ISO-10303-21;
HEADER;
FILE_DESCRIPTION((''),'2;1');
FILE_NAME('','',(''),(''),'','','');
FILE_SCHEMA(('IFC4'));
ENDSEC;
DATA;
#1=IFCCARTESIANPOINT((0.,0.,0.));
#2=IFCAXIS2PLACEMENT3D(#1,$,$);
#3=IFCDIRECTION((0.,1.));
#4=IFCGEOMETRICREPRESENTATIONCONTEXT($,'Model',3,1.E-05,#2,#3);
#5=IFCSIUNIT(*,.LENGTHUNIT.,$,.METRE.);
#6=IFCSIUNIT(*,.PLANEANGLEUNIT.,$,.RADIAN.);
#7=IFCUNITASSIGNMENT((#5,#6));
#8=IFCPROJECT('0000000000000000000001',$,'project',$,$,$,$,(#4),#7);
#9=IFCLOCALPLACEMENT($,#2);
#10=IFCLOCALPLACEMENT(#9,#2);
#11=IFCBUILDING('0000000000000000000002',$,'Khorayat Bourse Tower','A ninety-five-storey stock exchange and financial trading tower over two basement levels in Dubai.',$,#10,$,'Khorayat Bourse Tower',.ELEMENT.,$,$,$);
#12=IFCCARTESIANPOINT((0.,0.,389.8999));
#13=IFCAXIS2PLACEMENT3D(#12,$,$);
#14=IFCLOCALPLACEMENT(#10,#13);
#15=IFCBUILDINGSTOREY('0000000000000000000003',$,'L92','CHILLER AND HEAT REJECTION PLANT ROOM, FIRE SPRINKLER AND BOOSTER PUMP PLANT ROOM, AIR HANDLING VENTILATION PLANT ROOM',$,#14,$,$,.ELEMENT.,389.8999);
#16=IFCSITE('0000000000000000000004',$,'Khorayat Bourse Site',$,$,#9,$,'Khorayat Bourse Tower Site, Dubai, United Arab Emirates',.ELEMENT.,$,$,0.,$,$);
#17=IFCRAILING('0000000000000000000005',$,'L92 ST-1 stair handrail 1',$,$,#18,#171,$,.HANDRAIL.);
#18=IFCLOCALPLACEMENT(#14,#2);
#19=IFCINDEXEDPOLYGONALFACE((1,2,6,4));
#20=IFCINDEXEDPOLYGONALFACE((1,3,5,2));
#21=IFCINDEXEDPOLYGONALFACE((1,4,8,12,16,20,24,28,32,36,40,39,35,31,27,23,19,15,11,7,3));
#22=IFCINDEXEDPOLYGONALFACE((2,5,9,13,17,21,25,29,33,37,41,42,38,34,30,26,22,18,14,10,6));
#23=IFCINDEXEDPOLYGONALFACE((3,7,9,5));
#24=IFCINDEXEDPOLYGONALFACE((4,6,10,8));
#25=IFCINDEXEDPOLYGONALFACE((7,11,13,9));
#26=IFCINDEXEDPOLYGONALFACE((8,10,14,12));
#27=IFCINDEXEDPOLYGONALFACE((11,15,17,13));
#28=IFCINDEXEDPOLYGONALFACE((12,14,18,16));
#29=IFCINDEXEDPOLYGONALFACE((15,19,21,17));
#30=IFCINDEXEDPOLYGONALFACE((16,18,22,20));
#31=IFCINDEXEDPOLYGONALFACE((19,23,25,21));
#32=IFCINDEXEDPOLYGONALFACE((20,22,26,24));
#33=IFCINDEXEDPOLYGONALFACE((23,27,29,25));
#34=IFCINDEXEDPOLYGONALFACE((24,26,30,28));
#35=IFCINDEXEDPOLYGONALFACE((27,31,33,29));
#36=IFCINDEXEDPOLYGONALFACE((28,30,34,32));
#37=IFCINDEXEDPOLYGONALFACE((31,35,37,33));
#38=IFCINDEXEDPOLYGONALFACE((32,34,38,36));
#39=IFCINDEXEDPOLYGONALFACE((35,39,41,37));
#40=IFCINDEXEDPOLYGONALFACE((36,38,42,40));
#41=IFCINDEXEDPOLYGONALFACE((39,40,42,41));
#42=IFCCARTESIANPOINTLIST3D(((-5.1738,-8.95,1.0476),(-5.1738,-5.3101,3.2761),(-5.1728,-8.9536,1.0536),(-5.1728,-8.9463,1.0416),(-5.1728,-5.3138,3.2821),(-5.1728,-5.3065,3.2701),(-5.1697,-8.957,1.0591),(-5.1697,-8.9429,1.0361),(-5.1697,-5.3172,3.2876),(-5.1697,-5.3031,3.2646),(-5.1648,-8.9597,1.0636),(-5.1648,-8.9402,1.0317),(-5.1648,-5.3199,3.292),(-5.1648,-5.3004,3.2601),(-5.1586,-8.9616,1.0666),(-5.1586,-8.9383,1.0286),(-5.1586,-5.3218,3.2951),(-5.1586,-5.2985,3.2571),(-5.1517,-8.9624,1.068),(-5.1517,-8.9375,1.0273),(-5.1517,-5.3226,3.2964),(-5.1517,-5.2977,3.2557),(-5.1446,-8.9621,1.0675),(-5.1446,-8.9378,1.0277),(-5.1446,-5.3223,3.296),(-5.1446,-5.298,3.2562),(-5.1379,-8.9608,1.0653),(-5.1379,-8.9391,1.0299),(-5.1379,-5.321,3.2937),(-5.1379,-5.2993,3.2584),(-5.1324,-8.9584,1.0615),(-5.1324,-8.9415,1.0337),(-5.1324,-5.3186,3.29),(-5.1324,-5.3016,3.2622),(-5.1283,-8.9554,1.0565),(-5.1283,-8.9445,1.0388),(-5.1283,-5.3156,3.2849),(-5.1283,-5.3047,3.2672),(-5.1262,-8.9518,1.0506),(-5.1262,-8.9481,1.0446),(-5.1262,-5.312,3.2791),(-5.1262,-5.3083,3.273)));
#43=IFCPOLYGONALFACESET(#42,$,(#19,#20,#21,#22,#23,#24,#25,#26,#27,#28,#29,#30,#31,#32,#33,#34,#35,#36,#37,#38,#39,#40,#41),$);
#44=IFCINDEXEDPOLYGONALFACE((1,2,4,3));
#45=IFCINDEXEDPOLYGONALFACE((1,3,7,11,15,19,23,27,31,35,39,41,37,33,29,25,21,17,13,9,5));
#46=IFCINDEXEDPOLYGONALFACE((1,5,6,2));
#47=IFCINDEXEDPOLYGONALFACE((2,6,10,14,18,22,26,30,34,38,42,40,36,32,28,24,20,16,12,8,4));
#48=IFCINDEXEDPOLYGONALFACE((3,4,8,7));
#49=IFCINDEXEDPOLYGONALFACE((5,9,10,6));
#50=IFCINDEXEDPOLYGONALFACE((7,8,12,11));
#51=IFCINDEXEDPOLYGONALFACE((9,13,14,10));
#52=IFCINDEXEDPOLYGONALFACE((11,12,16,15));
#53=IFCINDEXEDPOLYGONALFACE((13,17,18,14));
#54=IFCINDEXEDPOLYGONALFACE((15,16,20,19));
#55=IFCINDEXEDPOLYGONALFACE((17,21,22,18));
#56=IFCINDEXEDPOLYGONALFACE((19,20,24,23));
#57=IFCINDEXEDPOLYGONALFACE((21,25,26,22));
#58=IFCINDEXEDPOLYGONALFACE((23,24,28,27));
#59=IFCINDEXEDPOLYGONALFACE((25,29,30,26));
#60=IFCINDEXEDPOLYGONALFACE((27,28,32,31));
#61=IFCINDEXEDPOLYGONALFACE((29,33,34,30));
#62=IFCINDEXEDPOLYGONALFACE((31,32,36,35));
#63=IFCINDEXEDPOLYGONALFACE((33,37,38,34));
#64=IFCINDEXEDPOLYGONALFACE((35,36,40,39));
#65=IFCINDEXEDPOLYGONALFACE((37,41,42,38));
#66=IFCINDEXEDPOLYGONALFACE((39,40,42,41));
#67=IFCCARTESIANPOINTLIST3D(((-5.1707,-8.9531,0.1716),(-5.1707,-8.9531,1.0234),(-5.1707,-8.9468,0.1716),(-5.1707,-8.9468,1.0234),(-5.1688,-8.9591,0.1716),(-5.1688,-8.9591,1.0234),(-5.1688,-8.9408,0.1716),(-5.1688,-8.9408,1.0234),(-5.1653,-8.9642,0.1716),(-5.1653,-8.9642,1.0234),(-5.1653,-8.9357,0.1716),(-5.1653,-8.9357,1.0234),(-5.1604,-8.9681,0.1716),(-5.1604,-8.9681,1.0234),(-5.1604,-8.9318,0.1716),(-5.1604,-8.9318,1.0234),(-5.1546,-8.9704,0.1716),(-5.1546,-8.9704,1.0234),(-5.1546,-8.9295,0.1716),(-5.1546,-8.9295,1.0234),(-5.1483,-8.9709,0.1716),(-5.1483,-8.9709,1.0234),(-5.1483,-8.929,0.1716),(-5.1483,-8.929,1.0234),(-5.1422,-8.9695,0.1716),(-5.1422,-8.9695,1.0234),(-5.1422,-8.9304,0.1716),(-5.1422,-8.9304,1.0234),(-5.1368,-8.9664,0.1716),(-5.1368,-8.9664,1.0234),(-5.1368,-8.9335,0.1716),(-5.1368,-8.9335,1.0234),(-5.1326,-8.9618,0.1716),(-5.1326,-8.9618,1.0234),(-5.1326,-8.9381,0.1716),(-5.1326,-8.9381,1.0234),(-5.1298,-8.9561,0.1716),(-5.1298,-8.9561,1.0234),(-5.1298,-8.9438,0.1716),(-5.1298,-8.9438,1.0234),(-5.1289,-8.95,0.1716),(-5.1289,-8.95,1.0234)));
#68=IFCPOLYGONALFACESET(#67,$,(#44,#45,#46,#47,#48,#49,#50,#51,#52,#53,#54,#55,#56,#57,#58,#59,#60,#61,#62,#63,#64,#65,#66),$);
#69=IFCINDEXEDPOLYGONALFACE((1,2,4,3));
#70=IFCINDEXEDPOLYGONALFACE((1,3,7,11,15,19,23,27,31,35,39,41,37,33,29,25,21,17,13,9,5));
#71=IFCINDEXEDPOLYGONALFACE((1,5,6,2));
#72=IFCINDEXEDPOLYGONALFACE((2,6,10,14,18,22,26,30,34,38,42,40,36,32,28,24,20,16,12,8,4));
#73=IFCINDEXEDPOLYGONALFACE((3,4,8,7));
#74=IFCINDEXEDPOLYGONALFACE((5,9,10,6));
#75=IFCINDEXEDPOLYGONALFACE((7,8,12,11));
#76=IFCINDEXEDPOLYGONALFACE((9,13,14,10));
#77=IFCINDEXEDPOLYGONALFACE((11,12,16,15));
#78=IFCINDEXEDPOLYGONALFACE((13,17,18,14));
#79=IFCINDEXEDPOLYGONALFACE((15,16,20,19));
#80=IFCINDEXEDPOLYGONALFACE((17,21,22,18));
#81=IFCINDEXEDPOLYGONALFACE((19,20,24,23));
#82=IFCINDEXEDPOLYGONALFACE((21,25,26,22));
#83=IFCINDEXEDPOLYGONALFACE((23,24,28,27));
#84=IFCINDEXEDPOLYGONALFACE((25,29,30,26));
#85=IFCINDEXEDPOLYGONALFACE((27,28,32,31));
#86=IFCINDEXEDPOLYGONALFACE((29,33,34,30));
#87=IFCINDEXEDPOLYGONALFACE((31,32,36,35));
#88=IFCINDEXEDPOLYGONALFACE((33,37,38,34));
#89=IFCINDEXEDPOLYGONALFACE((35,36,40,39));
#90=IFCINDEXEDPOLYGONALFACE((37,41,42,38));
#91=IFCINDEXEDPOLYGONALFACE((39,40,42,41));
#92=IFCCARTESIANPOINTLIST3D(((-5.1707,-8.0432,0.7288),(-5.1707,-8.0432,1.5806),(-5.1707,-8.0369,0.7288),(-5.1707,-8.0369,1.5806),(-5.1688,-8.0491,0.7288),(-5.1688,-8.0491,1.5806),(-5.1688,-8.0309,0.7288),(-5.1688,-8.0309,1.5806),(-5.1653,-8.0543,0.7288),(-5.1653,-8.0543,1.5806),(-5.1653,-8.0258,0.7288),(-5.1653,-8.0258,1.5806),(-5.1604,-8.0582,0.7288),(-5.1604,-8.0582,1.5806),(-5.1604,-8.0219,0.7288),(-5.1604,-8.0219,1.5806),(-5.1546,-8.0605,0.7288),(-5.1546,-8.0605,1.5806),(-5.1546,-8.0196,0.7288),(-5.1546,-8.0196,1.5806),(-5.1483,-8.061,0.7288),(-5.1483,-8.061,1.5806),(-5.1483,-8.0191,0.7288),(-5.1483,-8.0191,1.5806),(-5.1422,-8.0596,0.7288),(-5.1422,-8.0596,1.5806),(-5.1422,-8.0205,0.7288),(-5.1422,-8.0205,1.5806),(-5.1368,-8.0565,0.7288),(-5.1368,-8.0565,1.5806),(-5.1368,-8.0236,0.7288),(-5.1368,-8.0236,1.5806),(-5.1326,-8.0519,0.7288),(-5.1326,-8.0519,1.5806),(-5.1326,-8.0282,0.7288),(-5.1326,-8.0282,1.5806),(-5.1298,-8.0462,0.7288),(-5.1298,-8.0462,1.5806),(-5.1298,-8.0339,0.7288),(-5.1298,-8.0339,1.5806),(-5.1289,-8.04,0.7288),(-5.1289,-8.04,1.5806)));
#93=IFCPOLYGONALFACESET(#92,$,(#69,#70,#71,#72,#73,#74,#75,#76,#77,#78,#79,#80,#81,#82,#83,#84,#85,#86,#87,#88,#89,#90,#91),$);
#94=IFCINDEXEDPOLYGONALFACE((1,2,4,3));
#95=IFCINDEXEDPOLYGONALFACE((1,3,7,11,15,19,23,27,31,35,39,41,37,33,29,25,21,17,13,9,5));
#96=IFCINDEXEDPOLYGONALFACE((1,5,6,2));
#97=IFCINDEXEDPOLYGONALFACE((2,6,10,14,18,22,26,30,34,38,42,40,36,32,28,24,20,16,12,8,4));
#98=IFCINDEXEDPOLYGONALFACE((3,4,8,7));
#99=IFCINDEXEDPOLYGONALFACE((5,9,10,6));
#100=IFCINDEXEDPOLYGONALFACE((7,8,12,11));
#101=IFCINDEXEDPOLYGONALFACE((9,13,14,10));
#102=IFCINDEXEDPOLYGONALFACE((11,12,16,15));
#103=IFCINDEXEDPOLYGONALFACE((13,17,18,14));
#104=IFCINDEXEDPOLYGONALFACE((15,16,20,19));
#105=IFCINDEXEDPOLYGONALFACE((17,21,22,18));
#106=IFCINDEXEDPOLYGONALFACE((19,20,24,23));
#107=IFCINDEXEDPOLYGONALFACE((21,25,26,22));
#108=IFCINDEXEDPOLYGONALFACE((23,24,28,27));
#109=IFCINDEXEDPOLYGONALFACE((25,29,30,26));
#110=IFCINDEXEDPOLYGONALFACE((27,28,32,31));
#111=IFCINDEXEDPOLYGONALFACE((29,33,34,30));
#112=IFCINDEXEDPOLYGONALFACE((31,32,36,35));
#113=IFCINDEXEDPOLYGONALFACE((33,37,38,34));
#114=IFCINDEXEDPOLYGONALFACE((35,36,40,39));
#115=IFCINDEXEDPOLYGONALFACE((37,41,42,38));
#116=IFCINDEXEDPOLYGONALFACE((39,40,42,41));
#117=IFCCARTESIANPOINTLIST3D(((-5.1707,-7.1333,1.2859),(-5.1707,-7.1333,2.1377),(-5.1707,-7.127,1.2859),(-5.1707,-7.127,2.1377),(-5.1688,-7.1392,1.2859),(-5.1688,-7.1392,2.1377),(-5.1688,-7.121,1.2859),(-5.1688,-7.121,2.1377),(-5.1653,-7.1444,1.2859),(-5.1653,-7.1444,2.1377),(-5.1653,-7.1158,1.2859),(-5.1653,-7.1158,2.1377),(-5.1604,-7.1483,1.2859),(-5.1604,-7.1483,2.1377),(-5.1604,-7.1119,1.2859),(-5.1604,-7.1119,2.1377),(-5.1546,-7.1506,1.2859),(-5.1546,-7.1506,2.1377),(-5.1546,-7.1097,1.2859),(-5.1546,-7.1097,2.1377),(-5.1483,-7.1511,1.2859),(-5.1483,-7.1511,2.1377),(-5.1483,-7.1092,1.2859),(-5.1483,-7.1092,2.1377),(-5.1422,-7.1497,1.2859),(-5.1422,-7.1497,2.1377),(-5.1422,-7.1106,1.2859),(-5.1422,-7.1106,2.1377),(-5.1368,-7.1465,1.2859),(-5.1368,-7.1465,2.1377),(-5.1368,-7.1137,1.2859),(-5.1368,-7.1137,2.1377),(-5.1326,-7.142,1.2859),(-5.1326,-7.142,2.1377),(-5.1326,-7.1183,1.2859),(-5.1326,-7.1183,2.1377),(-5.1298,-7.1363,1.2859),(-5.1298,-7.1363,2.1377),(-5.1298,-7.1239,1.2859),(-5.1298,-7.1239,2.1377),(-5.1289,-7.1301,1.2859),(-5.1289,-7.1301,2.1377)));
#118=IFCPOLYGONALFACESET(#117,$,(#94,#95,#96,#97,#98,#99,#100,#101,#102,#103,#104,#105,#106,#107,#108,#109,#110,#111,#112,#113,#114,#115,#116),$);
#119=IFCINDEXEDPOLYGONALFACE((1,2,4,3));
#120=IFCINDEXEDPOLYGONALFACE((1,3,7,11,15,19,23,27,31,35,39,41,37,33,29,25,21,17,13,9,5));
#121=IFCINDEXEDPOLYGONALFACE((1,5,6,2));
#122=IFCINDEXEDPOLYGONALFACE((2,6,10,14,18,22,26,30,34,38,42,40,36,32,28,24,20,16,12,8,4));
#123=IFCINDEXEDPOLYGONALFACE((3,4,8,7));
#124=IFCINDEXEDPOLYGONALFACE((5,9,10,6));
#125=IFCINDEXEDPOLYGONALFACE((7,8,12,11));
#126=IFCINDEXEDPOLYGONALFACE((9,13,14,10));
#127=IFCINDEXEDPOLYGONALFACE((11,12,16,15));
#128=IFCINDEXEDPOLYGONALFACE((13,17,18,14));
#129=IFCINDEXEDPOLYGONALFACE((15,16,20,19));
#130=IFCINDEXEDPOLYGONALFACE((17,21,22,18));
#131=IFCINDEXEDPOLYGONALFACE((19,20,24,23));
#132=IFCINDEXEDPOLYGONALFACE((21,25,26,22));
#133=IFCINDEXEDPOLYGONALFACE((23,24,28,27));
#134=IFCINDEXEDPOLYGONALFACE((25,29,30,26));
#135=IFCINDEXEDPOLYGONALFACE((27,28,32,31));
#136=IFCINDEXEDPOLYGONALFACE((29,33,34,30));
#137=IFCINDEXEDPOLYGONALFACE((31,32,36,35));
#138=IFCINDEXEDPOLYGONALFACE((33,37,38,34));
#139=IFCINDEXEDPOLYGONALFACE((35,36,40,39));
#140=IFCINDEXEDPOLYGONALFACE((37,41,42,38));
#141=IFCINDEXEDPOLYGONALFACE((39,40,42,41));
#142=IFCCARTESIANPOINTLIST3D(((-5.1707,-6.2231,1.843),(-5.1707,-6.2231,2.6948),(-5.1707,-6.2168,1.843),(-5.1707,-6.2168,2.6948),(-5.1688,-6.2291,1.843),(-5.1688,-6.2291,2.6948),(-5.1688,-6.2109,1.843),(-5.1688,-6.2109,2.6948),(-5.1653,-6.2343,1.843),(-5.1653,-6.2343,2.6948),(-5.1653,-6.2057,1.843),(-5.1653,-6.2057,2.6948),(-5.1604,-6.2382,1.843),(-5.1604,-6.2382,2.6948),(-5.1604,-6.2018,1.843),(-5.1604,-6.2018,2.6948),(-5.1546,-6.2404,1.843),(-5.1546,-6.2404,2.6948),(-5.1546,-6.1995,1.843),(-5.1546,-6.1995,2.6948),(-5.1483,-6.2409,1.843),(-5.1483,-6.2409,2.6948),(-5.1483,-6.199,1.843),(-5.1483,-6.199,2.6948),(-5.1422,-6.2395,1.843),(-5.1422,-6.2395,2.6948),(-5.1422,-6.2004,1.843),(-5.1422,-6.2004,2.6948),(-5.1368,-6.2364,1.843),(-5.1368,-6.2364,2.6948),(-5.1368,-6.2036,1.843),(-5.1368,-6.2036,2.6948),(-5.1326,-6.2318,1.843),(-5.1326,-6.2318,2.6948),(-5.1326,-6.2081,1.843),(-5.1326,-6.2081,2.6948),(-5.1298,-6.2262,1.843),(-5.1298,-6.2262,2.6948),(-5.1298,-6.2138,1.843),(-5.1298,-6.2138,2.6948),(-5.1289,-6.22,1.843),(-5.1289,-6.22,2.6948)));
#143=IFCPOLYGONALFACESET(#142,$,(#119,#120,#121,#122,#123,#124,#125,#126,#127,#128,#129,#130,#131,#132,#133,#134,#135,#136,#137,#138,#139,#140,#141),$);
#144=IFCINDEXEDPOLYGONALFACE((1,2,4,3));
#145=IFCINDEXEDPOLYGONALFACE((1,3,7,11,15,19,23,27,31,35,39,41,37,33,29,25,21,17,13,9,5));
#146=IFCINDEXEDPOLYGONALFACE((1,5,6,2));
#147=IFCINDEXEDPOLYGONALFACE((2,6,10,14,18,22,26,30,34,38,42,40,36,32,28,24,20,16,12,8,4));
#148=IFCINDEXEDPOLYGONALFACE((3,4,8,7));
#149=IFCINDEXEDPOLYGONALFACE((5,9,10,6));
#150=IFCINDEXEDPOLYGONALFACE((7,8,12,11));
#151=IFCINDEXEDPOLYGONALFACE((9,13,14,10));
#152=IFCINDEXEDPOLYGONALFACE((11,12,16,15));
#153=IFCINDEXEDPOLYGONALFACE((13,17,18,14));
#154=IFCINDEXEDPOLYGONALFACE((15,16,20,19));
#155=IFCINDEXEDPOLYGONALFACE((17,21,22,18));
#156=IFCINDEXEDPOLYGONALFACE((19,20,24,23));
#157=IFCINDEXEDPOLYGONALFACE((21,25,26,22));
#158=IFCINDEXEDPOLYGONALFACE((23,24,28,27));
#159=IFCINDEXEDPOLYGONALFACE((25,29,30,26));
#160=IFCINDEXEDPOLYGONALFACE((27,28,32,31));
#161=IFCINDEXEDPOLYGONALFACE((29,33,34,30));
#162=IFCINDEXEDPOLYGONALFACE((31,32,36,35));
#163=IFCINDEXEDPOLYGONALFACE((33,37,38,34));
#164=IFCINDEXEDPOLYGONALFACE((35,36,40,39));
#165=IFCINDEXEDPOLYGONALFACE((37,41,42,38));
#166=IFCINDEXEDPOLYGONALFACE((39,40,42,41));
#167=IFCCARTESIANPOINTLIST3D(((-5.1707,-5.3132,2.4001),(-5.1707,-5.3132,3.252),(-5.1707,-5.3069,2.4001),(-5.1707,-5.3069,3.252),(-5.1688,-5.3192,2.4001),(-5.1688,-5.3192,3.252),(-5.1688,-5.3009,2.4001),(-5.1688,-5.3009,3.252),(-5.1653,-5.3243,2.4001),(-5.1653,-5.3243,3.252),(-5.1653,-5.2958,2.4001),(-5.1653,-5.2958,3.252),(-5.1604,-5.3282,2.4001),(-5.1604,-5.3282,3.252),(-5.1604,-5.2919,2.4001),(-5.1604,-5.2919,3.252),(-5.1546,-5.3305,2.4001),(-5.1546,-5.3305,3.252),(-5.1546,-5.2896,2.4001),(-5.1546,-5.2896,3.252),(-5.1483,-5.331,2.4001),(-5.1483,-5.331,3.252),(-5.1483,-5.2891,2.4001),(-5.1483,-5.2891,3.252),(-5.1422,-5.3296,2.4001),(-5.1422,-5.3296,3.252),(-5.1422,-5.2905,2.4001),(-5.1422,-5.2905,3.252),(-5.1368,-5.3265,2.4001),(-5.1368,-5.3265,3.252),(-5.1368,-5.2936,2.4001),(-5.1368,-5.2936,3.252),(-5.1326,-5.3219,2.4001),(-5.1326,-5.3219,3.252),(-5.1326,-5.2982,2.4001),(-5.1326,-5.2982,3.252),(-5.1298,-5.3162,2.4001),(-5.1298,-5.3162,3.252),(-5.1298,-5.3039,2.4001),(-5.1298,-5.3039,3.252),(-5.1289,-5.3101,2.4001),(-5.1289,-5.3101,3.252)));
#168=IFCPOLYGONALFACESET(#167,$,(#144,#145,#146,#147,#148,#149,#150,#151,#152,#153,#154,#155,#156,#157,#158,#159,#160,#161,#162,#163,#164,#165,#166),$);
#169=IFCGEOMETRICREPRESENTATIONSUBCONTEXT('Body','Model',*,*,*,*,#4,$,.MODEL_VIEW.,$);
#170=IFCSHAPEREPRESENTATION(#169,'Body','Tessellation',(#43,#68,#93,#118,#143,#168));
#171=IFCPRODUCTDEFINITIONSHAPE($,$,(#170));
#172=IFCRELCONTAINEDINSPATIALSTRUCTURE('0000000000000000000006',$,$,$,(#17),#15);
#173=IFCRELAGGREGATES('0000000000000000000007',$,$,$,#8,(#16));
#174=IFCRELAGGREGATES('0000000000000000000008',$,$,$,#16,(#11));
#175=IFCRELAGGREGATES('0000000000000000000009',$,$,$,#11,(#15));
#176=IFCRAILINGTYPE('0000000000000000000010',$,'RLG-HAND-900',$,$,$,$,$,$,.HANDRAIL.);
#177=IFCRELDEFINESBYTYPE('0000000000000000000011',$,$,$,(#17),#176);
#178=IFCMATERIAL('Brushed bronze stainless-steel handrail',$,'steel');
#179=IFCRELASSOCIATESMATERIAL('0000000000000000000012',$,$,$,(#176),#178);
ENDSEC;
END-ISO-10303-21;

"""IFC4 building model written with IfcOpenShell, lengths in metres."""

from ifc_helpers import new_model, si_unit, direction, frame, origin, origin_2d, place, context, subcontext, project, spatial, circle, extrude, source, transform, mapped, material, type_object, element, save


model = new_model("IFC4")

# Units and contexts
model_context = context("Model", 3, precision=1e-05, world=origin(), true_north=direction((0.0, 1.0)))
body_context = subcontext(model_context, "Body", "Model", "MODEL_VIEW")
ifc_project = project(units=[si_unit("LENGTHUNIT", "METRE"), si_unit("PLANEANGLEUNIT", "RADIAN")], contexts=[model_context])

# Site, building, storey
site_placement = place(None, origin())
site = spatial("IfcSite", under=ifc_project, at=site_placement, Name="Khorayat Bourse Site", LongName="Khorayat Bourse Tower Site, Dubai, United Arab Emirates", CompositionType="ELEMENT", RefElevation=0.0)
building_placement = place(site_placement, origin())
building = spatial("IfcBuilding", under=site, at=building_placement, Name="Khorayat Bourse Tower", Description="A ninety-five-storey stock exchange and financial trading tower over two basement levels in Dubai.", LongName="Khorayat Bourse Tower", CompositionType="ELEMENT")
storey_placement = place(building_placement, frame((0.0, 0.0, 389.8999)))
storey = spatial("IfcBuildingStorey", under=building, at=storey_placement, Name="L92", Description="CHILLER AND HEAT REJECTION PLANT ROOM, FIRE SPRINKLER AND BOOSTER PUMP PLANT ROOM, AIR HANDLING VENTILATION PLANT ROOM", CompositionType="ELEMENT", Elevation=389.8999)

# Railing
ifc_material_1 = material(Name="Brushed bronze stainless-steel handrail", Category="steel")
railing_type_1 = type_object("IfcRailingType", Name="RLG-HAND-900", PredefinedType="HANDRAIL", material=ifc_material_1)
shared_shape_1 = source(origin(), body_context, "Body", "SweptSolid", [
    extrude(circle(Radius=0.0239, at=origin_2d()), frame((0.0, 0.0, 0.876), z_axis=(0.0, 0.85285, 0.522156), x_axis=(-1.0, 0.0, 0.0)), (0.0, 0.0, 1.0), 4.2678),
    extrude(circle(Radius=0.021, at=origin_2d()), origin(), (0.0, 0.0, 1.0), 0.8518),
    extrude(circle(Radius=0.021, at=origin_2d()), frame((0.0, 0.9099, 0.5571)), (0.0, 0.0, 1.0), 0.8518),
    extrude(circle(Radius=0.021, at=origin_2d()), frame((0.0, 1.8198, 1.1143)), (0.0, 0.0, 1.0), 0.8518),
    extrude(circle(Radius=0.021, at=origin_2d()), frame((0.0, 2.73, 1.6714)), (0.0, 0.0, 1.0), 0.8518),
    extrude(circle(Radius=0.021, at=origin_2d()), frame((0.0, 3.6399, 2.2285)), (0.0, 0.0, 1.0), 0.8518),
])
railing_1_placement = place(storey_placement, frame((-5.1499, -8.95, 0.1716)))
element("IfcRailing", 1, at=railing_1_placement, inside=storey, type_object=railing_type_1, Name="L92 ST-1 stair handrail 1", PredefinedType="HANDRAIL", context=body_context, shape_type="MappedRepresentation", body=[
    mapped(shared_shape_1, transform((0.0, 0.0, 0.0), scale=1.0)),
])

save(model, "model.ifc")
